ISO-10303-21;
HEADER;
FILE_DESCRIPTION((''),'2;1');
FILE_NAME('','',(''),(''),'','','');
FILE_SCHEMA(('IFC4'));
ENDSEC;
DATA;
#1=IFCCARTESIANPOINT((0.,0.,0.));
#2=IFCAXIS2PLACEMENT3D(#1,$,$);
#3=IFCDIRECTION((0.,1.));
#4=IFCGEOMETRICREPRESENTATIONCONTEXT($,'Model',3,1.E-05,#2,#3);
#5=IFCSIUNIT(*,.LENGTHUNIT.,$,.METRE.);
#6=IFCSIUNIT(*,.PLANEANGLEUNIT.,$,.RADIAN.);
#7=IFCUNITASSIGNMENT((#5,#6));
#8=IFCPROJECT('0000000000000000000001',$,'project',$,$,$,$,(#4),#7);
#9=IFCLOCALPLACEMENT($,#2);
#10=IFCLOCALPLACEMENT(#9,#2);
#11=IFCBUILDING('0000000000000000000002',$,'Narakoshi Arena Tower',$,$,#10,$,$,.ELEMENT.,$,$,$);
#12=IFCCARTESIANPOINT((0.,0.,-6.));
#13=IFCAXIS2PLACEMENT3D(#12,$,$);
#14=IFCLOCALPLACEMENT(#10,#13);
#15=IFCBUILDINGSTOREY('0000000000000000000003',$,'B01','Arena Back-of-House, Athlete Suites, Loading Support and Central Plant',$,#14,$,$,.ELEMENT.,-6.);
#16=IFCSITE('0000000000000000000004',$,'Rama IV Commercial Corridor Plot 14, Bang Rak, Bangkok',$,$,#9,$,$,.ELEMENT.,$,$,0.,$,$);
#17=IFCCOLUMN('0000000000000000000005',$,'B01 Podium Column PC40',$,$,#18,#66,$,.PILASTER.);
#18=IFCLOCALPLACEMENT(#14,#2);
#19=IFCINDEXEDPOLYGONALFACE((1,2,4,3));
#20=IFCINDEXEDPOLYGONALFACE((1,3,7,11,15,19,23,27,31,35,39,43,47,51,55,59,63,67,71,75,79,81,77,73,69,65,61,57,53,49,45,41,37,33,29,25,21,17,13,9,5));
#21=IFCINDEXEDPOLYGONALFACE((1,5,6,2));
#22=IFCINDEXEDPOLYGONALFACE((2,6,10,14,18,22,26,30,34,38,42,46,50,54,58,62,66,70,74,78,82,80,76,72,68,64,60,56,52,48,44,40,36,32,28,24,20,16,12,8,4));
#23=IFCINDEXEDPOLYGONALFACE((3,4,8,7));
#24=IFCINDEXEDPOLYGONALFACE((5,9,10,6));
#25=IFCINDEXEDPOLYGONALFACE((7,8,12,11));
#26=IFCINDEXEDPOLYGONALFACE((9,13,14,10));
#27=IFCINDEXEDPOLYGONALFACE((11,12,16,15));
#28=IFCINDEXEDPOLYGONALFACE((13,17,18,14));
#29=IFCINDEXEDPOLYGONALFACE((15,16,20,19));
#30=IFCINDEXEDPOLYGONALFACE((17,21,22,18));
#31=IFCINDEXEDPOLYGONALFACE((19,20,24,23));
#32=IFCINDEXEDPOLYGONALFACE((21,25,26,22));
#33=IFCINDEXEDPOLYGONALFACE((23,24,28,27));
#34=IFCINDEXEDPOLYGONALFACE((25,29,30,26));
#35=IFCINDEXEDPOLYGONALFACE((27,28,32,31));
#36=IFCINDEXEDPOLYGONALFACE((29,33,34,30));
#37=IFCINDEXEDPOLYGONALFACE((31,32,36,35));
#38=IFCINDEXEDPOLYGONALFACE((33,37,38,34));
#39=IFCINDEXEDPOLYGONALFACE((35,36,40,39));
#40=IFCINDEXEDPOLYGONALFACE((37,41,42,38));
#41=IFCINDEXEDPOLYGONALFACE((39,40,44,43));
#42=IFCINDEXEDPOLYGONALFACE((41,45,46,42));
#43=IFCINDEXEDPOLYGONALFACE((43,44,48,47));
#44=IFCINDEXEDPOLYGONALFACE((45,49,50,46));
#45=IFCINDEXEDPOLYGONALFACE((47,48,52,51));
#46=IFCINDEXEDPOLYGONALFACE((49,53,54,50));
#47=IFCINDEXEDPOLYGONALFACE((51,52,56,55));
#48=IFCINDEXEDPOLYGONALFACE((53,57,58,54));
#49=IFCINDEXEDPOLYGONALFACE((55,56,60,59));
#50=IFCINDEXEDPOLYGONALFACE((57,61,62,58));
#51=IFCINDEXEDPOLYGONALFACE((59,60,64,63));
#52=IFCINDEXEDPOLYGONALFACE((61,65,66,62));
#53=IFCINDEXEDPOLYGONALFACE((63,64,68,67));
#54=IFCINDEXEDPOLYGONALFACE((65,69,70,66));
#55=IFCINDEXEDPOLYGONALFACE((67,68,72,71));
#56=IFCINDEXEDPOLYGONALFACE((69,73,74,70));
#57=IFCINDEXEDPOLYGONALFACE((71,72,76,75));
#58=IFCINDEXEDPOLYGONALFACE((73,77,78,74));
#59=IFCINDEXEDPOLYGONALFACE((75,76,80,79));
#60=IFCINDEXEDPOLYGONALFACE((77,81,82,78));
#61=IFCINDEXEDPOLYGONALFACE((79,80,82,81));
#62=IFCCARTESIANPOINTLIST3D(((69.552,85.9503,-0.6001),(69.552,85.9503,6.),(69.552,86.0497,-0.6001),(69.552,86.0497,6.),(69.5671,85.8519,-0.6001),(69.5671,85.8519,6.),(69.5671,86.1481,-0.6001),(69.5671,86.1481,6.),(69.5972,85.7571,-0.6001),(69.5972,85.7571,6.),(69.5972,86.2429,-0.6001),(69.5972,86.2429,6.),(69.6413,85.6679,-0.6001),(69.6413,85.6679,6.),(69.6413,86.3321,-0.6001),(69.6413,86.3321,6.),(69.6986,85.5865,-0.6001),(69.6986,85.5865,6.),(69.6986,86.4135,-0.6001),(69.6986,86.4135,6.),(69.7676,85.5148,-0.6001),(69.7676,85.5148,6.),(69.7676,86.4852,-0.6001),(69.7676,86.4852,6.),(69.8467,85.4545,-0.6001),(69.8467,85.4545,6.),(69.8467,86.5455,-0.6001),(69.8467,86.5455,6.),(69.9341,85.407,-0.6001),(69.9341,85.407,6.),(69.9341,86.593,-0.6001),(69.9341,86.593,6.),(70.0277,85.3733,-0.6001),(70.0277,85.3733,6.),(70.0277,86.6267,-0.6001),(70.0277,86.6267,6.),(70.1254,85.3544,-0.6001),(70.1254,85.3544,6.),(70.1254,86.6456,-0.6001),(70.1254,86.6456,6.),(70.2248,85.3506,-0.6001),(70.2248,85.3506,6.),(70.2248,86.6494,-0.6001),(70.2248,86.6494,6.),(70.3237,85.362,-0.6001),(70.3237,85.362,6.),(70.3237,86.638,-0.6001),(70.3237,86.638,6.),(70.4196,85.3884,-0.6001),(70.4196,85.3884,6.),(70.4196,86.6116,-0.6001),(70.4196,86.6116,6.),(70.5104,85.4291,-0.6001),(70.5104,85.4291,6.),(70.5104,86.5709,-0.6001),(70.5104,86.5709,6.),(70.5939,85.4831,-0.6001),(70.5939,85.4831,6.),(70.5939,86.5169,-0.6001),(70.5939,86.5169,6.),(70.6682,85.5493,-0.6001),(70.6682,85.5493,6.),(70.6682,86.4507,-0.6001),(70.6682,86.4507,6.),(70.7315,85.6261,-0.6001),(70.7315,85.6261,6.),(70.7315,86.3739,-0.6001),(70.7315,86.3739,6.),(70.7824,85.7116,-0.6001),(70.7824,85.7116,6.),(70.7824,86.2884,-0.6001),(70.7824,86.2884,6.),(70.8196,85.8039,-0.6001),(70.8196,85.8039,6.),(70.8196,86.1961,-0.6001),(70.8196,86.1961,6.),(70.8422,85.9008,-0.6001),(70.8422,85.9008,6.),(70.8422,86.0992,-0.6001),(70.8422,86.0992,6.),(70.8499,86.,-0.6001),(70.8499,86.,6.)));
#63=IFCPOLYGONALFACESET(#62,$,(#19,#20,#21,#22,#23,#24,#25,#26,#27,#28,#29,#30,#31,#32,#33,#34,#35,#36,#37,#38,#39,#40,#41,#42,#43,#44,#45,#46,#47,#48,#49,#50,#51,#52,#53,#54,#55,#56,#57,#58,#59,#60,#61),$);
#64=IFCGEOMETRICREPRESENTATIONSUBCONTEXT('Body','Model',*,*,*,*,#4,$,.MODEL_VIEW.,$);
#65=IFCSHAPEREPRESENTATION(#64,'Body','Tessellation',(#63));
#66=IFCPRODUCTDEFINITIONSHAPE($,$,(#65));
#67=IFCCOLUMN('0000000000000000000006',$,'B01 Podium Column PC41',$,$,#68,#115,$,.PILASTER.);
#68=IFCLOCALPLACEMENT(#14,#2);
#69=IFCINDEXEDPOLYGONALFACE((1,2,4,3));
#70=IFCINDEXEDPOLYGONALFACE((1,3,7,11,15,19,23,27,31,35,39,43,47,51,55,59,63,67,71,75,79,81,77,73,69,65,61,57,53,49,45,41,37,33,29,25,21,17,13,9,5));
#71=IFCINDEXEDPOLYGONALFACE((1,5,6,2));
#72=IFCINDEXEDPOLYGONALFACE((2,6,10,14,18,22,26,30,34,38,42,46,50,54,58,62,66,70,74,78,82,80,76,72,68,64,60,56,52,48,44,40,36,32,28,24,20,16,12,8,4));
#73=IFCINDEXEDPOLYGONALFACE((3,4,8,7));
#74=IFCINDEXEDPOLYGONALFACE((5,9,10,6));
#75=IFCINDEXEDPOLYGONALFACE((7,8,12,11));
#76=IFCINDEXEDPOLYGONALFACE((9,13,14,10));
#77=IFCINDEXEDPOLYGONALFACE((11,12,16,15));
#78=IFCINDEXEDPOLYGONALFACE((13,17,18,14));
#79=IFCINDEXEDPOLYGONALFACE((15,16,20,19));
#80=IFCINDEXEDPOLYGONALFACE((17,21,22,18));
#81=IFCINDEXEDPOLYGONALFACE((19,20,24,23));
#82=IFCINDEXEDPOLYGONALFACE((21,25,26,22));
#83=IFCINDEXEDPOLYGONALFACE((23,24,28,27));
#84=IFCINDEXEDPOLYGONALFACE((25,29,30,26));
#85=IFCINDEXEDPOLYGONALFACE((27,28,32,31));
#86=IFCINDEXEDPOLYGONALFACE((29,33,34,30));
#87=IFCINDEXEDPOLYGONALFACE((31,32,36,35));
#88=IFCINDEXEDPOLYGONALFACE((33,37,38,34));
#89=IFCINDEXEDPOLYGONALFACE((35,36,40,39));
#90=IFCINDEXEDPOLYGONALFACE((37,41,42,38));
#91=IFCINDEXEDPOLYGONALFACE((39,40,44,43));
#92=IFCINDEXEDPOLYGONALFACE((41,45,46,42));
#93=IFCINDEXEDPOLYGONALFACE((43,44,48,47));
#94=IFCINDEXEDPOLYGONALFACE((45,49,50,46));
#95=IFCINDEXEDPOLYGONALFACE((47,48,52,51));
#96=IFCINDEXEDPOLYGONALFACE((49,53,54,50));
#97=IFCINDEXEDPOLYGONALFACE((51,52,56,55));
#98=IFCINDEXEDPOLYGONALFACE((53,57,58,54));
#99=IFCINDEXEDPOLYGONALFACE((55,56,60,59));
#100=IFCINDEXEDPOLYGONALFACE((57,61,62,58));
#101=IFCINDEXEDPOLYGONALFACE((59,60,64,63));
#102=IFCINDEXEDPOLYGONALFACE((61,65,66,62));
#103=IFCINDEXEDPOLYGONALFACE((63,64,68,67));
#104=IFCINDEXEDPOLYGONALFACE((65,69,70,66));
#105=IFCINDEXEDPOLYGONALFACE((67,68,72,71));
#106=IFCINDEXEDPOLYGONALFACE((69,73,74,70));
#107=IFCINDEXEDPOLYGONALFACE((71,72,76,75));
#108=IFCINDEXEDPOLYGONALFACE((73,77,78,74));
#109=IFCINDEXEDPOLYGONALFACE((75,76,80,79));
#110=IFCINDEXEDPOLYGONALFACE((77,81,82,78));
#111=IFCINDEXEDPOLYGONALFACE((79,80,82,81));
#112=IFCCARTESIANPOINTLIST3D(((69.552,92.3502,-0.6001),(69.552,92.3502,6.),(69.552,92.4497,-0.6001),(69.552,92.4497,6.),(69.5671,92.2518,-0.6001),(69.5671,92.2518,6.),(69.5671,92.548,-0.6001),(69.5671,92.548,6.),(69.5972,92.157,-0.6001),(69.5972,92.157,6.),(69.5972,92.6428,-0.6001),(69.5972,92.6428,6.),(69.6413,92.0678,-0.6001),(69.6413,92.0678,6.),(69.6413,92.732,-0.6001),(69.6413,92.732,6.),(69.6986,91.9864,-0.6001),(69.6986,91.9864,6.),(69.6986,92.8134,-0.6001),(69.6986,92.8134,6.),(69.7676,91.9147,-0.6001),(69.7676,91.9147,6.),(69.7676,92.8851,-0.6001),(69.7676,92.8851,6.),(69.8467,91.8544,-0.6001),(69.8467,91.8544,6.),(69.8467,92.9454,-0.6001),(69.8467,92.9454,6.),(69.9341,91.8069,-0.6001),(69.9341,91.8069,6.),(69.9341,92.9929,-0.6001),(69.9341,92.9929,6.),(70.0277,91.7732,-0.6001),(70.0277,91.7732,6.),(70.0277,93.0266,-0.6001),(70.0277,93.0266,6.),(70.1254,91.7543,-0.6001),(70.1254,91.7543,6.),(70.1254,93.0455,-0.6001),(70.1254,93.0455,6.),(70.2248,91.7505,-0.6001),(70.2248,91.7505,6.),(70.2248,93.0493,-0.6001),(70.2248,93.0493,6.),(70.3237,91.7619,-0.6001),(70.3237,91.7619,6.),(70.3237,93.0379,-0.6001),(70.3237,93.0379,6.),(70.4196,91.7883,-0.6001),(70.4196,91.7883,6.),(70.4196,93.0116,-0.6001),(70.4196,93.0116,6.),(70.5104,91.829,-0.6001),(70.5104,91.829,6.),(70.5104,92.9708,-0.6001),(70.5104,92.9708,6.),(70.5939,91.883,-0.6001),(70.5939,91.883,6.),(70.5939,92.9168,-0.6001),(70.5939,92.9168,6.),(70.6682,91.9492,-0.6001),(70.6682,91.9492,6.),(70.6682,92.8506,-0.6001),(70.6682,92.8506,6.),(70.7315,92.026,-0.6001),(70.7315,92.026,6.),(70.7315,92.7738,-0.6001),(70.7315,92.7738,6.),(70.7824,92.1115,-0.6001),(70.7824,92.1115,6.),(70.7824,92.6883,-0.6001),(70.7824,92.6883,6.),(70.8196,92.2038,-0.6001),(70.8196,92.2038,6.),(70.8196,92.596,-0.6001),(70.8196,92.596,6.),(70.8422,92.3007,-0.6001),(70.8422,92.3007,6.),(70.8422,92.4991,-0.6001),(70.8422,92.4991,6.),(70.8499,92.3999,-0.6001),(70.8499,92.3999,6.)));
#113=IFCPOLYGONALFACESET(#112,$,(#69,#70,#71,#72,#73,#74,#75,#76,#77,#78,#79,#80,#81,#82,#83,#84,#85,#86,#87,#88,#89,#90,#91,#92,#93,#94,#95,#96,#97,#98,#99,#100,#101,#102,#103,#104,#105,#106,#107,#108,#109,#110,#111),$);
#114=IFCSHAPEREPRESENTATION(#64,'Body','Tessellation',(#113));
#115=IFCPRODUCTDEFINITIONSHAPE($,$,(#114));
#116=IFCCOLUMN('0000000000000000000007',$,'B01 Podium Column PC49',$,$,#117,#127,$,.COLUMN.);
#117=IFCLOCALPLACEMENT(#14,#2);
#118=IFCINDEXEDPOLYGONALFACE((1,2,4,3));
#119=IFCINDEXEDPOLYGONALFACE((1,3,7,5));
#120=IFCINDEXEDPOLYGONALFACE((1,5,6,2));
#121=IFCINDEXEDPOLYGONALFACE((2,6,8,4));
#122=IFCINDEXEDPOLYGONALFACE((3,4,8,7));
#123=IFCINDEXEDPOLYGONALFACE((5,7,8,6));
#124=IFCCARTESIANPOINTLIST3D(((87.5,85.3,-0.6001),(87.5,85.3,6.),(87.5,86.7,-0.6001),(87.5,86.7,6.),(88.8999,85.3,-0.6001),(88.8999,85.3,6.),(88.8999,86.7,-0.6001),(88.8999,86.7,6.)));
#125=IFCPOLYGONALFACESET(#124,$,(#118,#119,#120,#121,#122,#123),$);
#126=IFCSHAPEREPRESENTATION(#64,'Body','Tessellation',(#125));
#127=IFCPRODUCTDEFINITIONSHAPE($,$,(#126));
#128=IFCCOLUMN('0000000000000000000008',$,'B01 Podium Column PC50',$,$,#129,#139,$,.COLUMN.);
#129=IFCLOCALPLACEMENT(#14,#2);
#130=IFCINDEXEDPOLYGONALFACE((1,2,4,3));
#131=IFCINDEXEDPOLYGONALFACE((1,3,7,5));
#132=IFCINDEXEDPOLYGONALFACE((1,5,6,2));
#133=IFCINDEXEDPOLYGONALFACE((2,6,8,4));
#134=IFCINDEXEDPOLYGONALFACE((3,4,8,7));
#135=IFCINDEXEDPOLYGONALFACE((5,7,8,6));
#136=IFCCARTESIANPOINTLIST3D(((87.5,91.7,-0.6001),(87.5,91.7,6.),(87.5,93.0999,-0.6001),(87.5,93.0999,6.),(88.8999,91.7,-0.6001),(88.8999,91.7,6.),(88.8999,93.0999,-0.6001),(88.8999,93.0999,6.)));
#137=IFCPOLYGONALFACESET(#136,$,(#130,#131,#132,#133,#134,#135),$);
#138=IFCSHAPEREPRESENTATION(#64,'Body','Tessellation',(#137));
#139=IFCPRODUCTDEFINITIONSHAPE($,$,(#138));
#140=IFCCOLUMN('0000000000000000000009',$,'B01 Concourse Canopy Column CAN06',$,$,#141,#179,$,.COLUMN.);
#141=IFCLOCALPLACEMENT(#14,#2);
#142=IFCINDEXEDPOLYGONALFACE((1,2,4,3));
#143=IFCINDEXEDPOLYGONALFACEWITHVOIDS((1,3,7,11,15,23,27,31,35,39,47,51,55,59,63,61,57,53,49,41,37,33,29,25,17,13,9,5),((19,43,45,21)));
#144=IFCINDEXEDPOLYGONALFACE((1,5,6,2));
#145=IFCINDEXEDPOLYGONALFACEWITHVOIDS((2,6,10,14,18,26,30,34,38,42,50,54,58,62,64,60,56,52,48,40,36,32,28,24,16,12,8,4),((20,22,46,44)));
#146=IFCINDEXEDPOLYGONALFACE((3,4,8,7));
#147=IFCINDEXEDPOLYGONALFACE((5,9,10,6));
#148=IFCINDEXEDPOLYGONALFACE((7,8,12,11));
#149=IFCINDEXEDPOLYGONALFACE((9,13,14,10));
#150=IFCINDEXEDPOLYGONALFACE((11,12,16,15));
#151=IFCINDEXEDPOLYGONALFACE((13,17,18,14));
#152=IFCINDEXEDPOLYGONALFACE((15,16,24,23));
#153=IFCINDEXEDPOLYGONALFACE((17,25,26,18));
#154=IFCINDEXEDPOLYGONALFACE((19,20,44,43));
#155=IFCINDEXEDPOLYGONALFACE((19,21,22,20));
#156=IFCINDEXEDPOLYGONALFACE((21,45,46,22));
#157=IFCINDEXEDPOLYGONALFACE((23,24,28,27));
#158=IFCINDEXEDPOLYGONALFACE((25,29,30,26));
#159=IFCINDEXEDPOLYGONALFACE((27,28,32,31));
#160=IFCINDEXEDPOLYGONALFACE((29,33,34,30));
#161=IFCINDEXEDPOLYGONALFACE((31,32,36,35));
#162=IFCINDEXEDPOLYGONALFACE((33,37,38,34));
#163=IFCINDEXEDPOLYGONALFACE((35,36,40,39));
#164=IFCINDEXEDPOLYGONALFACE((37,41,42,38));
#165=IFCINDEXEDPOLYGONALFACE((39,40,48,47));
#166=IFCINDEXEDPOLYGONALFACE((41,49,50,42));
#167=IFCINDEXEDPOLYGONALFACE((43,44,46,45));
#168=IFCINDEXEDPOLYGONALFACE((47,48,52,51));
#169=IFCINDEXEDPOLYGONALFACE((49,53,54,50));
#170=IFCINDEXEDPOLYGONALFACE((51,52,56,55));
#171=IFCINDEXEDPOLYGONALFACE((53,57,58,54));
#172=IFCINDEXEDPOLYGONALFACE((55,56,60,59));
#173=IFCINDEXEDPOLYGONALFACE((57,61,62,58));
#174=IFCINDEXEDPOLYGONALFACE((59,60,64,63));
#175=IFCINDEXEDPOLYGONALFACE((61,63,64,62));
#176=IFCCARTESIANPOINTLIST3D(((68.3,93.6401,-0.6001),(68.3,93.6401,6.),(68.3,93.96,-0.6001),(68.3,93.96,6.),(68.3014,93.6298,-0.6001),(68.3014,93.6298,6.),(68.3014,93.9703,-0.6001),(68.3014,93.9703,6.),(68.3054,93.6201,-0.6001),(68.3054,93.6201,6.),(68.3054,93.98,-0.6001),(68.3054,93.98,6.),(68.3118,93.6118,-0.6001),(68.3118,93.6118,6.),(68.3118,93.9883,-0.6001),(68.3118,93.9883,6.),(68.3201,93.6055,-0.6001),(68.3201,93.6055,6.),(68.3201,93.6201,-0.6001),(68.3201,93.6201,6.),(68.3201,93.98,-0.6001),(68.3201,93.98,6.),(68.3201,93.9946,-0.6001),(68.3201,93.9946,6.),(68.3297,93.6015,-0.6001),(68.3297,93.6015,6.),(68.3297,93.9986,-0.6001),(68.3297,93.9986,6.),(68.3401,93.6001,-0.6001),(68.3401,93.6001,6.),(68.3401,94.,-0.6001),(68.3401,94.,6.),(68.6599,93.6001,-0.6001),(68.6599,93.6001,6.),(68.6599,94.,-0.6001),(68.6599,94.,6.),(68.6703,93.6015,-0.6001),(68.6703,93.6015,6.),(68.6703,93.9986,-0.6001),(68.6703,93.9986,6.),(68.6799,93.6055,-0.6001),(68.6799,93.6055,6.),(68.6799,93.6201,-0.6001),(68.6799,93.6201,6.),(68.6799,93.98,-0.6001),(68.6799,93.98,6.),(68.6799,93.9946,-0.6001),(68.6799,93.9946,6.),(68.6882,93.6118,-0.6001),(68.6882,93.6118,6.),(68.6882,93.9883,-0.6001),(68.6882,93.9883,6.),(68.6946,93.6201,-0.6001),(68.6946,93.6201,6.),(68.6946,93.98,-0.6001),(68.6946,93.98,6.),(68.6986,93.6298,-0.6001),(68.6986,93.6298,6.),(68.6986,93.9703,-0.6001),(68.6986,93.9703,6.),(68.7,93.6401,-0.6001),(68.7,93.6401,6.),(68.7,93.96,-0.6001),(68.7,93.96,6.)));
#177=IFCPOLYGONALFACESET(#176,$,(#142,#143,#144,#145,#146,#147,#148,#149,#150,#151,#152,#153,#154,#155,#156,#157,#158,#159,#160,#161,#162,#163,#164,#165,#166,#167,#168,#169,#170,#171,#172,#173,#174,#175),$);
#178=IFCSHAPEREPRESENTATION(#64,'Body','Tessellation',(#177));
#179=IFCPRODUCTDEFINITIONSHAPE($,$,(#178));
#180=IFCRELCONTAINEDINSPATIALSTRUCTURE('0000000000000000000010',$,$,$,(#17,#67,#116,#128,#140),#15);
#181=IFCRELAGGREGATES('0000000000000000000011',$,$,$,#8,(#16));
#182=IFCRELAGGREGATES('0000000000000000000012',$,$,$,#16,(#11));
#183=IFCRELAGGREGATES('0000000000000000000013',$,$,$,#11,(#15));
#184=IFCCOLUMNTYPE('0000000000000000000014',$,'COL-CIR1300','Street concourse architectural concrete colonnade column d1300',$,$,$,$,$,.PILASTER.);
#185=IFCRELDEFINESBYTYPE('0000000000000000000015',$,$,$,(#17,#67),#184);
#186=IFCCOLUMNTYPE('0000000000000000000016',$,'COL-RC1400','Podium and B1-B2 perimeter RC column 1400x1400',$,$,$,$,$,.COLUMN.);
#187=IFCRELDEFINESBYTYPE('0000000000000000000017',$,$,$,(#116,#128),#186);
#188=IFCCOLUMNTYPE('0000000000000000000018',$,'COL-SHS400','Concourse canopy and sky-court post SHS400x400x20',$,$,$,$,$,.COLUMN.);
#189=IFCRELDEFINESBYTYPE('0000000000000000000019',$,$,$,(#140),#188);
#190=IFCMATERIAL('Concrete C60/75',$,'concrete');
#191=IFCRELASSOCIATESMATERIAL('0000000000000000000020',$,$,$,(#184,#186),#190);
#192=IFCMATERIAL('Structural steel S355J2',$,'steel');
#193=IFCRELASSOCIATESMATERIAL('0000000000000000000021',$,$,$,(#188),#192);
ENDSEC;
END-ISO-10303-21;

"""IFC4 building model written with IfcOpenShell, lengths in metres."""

from ifc_helpers import new_model, si_unit, direction, frame, origin, origin_2d, place, context, subcontext, project, spatial, rectangle, hollow_rectangle, circle, extrude, material, material_profile, profile_set, type_object, element, save


model = new_model("IFC4")

# Units and contexts
model_context = context("Model", 3, precision=1e-05, world=origin(), true_north=direction((0.0, 1.0)))
body_context = subcontext(model_context, "Body", "Model", "MODEL_VIEW")
ifc_project = project(units=[si_unit("LENGTHUNIT", "METRE"), si_unit("PLANEANGLEUNIT", "RADIAN")], contexts=[model_context])

# Site, building, storey
site_placement = place(None, origin())
site = spatial("IfcSite", under=ifc_project, at=site_placement, Name="Rama IV Commercial Corridor Plot 14, Bang Rak, Bangkok", CompositionType="ELEMENT", RefElevation=0.0)
building_placement = place(site_placement, origin())
building = spatial("IfcBuilding", under=site, at=building_placement, Name="Narakoshi Arena Tower", CompositionType="ELEMENT")
storey_placement = place(building_placement, frame((0.0, 0.0, -6.0)))
storey = spatial("IfcBuildingStorey", under=building, at=storey_placement, Name="B01", Description="Arena Back-of-House, Athlete Suites, Loading Support and Central Plant", CompositionType="ELEMENT", Elevation=-6.0)

# Columns
ifc_material_1 = material(Name="Concrete C60/75", Category="concrete")
ifc_material_profile_1 = material_profile(ifc_material_1, circle(Radius=0.6499, at=origin_2d()), Name="RCC1300")
ifc_profile_set_1 = profile_set([ifc_material_profile_1], Name="Concrete C60/75")
column_type_1 = type_object("IfcColumnType", Name="COL-CIR1300", Description="Street concourse architectural concrete colonnade column d1300", PredefinedType="PILASTER", material=ifc_profile_set_1)
for number, where, z_axis, x_axis, name in (
    (1, (70.2, 86.0, -0.6001), (0.0, 0.0, 1.0), (1.0, 0.0, 0.0), "B01 Podium Column PC40"),
    (2, (70.2, 92.3999, -0.6001), (0.0, 0.0, 1.0), (1.0, 0.0, 0.0), "B01 Podium Column PC41"),
):
    element("IfcColumn", number, at=place(storey_placement, frame(where, z_axis=z_axis, x_axis=x_axis)), inside=storey, type_object=column_type_1, Name=name, PredefinedType="PILASTER", context=body_context, shape_type="SweptSolid", body=[
        extrude(circle(Radius=0.6499, at=origin_2d()), origin(), (0.0, 0.0, 1.0), 6.6001),
    ])
ifc_material_profile_2 = material_profile(ifc_material_1, rectangle(XDim=1.3999, YDim=1.3999, at=origin_2d()), Name="RC1400x1400")
ifc_profile_set_2 = profile_set([ifc_material_profile_2], Name="Concrete C60/75")
column_type_2 = type_object("IfcColumnType", Name="COL-RC1400", Description="Podium and B1-B2 perimeter RC column 1400x1400", PredefinedType="COLUMN", material=ifc_profile_set_2)
for number, where, z_axis, x_axis, name in (
    (3, (88.2, 86.0, -0.6001), (0.0, 0.0, 1.0), (1.0, 0.0, 0.0), "B01 Podium Column PC49"),
    (4, (88.2, 92.3999, -0.6001), (0.0, 0.0, 1.0), (1.0, 0.0, 0.0), "B01 Podium Column PC50"),
):
    element("IfcColumn", number, at=place(storey_placement, frame(where, z_axis=z_axis, x_axis=x_axis)), inside=storey, type_object=column_type_2, Name=name, PredefinedType="COLUMN", context=body_context, shape_type="SweptSolid", body=[
        extrude(rectangle(XDim=1.3999, YDim=1.3999, at=origin_2d()), origin(), (0.0, 0.0, 1.0), 6.6001),
    ])
ifc_material_2 = material(Name="Structural steel S355J2", Category="steel")
ifc_material_profile_3 = material_profile(ifc_material_2, hollow_rectangle(XDim=0.3999, YDim=0.3999, WallThickness=0.02, OuterFilletRadius=0.04, at=origin_2d()), Name="SHS400x400x20")
ifc_profile_set_3 = profile_set([ifc_material_profile_3], Name="Structural steel S355J2")
column_type_3 = type_object("IfcColumnType", Name="COL-SHS400", Description="Concourse canopy and sky-court post SHS400x400x20", PredefinedType="COLUMN", material=ifc_profile_set_3)
column_placement = place(storey_placement, frame((68.5, 93.8, -0.6001), z_axis=(0.0, 0.0, 1.0), x_axis=(1.0, 0.0, 0.0)))
element("IfcColumn", 5, at=column_placement, inside=storey, type_object=column_type_3, Name="B01 Concourse Canopy Column CAN06", PredefinedType="COLUMN", context=body_context, shape_type="SweptSolid", body=[
    extrude(hollow_rectangle(XDim=0.3999, YDim=0.3999, WallThickness=0.02, OuterFilletRadius=0.04, at=origin_2d()), origin(), (0.0, 0.0, 1.0), 6.6001),
])

save(model, "model.ifc")
